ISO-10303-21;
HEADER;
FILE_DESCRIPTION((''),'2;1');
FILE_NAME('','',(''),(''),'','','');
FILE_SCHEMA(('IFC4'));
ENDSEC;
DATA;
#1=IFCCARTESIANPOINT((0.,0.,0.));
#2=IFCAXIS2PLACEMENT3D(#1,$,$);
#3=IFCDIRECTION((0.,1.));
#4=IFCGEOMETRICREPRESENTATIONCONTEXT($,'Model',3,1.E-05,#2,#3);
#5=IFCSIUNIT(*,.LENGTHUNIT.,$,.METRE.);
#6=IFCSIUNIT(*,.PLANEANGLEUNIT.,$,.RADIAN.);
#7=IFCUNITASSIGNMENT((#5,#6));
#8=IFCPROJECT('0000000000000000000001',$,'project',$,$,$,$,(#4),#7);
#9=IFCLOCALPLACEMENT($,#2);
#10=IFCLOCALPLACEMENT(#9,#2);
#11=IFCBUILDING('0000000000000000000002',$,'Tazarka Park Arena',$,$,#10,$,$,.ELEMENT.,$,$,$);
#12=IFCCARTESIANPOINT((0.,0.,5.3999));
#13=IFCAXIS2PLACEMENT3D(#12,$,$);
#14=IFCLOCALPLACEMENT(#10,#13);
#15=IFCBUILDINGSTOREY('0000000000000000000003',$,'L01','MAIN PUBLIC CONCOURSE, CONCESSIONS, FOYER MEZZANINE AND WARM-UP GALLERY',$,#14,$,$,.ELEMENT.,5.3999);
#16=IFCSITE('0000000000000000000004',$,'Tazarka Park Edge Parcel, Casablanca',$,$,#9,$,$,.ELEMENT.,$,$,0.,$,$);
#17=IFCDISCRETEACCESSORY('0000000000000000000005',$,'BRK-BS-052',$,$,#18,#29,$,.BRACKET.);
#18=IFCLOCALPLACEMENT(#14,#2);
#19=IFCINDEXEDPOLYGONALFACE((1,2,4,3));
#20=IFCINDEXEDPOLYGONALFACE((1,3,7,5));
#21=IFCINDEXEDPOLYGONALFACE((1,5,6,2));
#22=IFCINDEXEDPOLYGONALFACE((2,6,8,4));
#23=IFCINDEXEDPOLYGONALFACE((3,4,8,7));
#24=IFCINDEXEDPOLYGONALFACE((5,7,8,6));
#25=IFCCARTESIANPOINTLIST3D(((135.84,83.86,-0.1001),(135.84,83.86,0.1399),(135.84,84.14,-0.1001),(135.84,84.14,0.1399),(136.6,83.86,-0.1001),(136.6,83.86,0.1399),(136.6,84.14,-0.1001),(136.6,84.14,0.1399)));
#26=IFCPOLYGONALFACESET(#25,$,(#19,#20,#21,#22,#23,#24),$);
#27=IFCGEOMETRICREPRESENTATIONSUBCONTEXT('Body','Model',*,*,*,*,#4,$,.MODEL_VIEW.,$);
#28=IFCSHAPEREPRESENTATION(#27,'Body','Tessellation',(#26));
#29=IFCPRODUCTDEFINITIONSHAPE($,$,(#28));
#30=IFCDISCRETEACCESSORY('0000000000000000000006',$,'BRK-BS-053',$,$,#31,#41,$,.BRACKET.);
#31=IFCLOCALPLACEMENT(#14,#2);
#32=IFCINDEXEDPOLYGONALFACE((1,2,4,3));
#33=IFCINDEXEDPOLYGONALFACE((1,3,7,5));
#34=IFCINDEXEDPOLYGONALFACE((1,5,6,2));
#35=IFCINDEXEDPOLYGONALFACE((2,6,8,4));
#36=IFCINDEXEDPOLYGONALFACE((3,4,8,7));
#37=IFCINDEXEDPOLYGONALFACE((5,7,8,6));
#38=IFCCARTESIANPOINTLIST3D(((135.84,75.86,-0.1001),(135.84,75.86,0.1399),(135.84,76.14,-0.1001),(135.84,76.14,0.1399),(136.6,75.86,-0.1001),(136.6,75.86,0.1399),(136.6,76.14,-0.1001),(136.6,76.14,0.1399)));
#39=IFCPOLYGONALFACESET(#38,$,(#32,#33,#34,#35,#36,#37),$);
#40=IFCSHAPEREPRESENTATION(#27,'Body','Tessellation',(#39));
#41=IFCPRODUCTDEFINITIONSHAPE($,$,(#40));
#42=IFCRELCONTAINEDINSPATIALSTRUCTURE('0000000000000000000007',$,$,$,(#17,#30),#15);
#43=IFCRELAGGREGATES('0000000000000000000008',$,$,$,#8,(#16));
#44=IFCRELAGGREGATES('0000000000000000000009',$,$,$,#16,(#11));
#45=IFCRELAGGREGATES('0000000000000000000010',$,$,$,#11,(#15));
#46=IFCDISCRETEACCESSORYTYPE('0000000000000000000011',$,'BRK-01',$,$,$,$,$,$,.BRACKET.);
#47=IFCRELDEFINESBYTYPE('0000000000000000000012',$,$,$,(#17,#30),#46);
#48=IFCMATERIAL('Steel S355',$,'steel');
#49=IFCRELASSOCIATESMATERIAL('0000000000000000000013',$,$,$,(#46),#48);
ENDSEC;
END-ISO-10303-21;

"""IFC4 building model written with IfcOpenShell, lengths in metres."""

from ifc_helpers import new_model, si_unit, direction, frame, origin, origin_2d, place, context, subcontext, project, spatial, rectangle, extrude, material, type_object, element, save


model = new_model("IFC4")

# Units and contexts
model_context = context("Model", 3, precision=1e-05, world=origin(), true_north=direction((0.0, 1.0)))
body_context = subcontext(model_context, "Body", "Model", "MODEL_VIEW")
ifc_project = project(units=[si_unit("LENGTHUNIT", "METRE"), si_unit("PLANEANGLEUNIT", "RADIAN")], contexts=[model_context])

# Site, building, storey
site_placement = place(None, origin())
site = spatial("IfcSite", under=ifc_project, at=site_placement, Name="Tazarka Park Edge Parcel, Casablanca", CompositionType="ELEMENT", RefElevation=0.0)
building_placement = place(site_placement, origin())
building = spatial("IfcBuilding", under=site, at=building_placement, Name="Tazarka Park Arena", CompositionType="ELEMENT")
storey_placement = place(building_placement, frame((0.0, 0.0, 5.3999)))
storey = spatial("IfcBuildingStorey", under=building, at=storey_placement, Name="L01", Description="MAIN PUBLIC CONCOURSE, CONCESSIONS, FOYER MEZZANINE AND WARM-UP GALLERY", CompositionType="ELEMENT", Elevation=5.3999)

# Discrete accessories
ifc_material_1 = material(Name="Steel S355", Category="steel")
discrete_accessory_type = type_object("IfcDiscreteAccessoryType", Name="BRK-01", PredefinedType="BRACKET", material=ifc_material_1)
for number, where, z_axis, x_axis, name in (
    (1, (136.22, 84.0, -0.1001), (0.0, 0.0, 1.0), (0.0, 1.0, 0.0), "BRK-BS-052"),
    (2, (136.22, 76.0, -0.1001), (0.0, 0.0, 1.0), (0.0, 1.0, 0.0), "BRK-BS-053"),
):
    element("IfcDiscreteAccessory", number, at=place(storey_placement, frame(where, z_axis=z_axis, x_axis=x_axis)), inside=storey, type_object=discrete_accessory_type, Name=name, PredefinedType="BRACKET", context=body_context, shape_type="SweptSolid", body=[
        extrude(rectangle(XDim=0.28, YDim=0.76, at=origin_2d()), origin(), (0.0, 0.0, 1.0), 0.24),
    ])

save(model, "model.ifc")
